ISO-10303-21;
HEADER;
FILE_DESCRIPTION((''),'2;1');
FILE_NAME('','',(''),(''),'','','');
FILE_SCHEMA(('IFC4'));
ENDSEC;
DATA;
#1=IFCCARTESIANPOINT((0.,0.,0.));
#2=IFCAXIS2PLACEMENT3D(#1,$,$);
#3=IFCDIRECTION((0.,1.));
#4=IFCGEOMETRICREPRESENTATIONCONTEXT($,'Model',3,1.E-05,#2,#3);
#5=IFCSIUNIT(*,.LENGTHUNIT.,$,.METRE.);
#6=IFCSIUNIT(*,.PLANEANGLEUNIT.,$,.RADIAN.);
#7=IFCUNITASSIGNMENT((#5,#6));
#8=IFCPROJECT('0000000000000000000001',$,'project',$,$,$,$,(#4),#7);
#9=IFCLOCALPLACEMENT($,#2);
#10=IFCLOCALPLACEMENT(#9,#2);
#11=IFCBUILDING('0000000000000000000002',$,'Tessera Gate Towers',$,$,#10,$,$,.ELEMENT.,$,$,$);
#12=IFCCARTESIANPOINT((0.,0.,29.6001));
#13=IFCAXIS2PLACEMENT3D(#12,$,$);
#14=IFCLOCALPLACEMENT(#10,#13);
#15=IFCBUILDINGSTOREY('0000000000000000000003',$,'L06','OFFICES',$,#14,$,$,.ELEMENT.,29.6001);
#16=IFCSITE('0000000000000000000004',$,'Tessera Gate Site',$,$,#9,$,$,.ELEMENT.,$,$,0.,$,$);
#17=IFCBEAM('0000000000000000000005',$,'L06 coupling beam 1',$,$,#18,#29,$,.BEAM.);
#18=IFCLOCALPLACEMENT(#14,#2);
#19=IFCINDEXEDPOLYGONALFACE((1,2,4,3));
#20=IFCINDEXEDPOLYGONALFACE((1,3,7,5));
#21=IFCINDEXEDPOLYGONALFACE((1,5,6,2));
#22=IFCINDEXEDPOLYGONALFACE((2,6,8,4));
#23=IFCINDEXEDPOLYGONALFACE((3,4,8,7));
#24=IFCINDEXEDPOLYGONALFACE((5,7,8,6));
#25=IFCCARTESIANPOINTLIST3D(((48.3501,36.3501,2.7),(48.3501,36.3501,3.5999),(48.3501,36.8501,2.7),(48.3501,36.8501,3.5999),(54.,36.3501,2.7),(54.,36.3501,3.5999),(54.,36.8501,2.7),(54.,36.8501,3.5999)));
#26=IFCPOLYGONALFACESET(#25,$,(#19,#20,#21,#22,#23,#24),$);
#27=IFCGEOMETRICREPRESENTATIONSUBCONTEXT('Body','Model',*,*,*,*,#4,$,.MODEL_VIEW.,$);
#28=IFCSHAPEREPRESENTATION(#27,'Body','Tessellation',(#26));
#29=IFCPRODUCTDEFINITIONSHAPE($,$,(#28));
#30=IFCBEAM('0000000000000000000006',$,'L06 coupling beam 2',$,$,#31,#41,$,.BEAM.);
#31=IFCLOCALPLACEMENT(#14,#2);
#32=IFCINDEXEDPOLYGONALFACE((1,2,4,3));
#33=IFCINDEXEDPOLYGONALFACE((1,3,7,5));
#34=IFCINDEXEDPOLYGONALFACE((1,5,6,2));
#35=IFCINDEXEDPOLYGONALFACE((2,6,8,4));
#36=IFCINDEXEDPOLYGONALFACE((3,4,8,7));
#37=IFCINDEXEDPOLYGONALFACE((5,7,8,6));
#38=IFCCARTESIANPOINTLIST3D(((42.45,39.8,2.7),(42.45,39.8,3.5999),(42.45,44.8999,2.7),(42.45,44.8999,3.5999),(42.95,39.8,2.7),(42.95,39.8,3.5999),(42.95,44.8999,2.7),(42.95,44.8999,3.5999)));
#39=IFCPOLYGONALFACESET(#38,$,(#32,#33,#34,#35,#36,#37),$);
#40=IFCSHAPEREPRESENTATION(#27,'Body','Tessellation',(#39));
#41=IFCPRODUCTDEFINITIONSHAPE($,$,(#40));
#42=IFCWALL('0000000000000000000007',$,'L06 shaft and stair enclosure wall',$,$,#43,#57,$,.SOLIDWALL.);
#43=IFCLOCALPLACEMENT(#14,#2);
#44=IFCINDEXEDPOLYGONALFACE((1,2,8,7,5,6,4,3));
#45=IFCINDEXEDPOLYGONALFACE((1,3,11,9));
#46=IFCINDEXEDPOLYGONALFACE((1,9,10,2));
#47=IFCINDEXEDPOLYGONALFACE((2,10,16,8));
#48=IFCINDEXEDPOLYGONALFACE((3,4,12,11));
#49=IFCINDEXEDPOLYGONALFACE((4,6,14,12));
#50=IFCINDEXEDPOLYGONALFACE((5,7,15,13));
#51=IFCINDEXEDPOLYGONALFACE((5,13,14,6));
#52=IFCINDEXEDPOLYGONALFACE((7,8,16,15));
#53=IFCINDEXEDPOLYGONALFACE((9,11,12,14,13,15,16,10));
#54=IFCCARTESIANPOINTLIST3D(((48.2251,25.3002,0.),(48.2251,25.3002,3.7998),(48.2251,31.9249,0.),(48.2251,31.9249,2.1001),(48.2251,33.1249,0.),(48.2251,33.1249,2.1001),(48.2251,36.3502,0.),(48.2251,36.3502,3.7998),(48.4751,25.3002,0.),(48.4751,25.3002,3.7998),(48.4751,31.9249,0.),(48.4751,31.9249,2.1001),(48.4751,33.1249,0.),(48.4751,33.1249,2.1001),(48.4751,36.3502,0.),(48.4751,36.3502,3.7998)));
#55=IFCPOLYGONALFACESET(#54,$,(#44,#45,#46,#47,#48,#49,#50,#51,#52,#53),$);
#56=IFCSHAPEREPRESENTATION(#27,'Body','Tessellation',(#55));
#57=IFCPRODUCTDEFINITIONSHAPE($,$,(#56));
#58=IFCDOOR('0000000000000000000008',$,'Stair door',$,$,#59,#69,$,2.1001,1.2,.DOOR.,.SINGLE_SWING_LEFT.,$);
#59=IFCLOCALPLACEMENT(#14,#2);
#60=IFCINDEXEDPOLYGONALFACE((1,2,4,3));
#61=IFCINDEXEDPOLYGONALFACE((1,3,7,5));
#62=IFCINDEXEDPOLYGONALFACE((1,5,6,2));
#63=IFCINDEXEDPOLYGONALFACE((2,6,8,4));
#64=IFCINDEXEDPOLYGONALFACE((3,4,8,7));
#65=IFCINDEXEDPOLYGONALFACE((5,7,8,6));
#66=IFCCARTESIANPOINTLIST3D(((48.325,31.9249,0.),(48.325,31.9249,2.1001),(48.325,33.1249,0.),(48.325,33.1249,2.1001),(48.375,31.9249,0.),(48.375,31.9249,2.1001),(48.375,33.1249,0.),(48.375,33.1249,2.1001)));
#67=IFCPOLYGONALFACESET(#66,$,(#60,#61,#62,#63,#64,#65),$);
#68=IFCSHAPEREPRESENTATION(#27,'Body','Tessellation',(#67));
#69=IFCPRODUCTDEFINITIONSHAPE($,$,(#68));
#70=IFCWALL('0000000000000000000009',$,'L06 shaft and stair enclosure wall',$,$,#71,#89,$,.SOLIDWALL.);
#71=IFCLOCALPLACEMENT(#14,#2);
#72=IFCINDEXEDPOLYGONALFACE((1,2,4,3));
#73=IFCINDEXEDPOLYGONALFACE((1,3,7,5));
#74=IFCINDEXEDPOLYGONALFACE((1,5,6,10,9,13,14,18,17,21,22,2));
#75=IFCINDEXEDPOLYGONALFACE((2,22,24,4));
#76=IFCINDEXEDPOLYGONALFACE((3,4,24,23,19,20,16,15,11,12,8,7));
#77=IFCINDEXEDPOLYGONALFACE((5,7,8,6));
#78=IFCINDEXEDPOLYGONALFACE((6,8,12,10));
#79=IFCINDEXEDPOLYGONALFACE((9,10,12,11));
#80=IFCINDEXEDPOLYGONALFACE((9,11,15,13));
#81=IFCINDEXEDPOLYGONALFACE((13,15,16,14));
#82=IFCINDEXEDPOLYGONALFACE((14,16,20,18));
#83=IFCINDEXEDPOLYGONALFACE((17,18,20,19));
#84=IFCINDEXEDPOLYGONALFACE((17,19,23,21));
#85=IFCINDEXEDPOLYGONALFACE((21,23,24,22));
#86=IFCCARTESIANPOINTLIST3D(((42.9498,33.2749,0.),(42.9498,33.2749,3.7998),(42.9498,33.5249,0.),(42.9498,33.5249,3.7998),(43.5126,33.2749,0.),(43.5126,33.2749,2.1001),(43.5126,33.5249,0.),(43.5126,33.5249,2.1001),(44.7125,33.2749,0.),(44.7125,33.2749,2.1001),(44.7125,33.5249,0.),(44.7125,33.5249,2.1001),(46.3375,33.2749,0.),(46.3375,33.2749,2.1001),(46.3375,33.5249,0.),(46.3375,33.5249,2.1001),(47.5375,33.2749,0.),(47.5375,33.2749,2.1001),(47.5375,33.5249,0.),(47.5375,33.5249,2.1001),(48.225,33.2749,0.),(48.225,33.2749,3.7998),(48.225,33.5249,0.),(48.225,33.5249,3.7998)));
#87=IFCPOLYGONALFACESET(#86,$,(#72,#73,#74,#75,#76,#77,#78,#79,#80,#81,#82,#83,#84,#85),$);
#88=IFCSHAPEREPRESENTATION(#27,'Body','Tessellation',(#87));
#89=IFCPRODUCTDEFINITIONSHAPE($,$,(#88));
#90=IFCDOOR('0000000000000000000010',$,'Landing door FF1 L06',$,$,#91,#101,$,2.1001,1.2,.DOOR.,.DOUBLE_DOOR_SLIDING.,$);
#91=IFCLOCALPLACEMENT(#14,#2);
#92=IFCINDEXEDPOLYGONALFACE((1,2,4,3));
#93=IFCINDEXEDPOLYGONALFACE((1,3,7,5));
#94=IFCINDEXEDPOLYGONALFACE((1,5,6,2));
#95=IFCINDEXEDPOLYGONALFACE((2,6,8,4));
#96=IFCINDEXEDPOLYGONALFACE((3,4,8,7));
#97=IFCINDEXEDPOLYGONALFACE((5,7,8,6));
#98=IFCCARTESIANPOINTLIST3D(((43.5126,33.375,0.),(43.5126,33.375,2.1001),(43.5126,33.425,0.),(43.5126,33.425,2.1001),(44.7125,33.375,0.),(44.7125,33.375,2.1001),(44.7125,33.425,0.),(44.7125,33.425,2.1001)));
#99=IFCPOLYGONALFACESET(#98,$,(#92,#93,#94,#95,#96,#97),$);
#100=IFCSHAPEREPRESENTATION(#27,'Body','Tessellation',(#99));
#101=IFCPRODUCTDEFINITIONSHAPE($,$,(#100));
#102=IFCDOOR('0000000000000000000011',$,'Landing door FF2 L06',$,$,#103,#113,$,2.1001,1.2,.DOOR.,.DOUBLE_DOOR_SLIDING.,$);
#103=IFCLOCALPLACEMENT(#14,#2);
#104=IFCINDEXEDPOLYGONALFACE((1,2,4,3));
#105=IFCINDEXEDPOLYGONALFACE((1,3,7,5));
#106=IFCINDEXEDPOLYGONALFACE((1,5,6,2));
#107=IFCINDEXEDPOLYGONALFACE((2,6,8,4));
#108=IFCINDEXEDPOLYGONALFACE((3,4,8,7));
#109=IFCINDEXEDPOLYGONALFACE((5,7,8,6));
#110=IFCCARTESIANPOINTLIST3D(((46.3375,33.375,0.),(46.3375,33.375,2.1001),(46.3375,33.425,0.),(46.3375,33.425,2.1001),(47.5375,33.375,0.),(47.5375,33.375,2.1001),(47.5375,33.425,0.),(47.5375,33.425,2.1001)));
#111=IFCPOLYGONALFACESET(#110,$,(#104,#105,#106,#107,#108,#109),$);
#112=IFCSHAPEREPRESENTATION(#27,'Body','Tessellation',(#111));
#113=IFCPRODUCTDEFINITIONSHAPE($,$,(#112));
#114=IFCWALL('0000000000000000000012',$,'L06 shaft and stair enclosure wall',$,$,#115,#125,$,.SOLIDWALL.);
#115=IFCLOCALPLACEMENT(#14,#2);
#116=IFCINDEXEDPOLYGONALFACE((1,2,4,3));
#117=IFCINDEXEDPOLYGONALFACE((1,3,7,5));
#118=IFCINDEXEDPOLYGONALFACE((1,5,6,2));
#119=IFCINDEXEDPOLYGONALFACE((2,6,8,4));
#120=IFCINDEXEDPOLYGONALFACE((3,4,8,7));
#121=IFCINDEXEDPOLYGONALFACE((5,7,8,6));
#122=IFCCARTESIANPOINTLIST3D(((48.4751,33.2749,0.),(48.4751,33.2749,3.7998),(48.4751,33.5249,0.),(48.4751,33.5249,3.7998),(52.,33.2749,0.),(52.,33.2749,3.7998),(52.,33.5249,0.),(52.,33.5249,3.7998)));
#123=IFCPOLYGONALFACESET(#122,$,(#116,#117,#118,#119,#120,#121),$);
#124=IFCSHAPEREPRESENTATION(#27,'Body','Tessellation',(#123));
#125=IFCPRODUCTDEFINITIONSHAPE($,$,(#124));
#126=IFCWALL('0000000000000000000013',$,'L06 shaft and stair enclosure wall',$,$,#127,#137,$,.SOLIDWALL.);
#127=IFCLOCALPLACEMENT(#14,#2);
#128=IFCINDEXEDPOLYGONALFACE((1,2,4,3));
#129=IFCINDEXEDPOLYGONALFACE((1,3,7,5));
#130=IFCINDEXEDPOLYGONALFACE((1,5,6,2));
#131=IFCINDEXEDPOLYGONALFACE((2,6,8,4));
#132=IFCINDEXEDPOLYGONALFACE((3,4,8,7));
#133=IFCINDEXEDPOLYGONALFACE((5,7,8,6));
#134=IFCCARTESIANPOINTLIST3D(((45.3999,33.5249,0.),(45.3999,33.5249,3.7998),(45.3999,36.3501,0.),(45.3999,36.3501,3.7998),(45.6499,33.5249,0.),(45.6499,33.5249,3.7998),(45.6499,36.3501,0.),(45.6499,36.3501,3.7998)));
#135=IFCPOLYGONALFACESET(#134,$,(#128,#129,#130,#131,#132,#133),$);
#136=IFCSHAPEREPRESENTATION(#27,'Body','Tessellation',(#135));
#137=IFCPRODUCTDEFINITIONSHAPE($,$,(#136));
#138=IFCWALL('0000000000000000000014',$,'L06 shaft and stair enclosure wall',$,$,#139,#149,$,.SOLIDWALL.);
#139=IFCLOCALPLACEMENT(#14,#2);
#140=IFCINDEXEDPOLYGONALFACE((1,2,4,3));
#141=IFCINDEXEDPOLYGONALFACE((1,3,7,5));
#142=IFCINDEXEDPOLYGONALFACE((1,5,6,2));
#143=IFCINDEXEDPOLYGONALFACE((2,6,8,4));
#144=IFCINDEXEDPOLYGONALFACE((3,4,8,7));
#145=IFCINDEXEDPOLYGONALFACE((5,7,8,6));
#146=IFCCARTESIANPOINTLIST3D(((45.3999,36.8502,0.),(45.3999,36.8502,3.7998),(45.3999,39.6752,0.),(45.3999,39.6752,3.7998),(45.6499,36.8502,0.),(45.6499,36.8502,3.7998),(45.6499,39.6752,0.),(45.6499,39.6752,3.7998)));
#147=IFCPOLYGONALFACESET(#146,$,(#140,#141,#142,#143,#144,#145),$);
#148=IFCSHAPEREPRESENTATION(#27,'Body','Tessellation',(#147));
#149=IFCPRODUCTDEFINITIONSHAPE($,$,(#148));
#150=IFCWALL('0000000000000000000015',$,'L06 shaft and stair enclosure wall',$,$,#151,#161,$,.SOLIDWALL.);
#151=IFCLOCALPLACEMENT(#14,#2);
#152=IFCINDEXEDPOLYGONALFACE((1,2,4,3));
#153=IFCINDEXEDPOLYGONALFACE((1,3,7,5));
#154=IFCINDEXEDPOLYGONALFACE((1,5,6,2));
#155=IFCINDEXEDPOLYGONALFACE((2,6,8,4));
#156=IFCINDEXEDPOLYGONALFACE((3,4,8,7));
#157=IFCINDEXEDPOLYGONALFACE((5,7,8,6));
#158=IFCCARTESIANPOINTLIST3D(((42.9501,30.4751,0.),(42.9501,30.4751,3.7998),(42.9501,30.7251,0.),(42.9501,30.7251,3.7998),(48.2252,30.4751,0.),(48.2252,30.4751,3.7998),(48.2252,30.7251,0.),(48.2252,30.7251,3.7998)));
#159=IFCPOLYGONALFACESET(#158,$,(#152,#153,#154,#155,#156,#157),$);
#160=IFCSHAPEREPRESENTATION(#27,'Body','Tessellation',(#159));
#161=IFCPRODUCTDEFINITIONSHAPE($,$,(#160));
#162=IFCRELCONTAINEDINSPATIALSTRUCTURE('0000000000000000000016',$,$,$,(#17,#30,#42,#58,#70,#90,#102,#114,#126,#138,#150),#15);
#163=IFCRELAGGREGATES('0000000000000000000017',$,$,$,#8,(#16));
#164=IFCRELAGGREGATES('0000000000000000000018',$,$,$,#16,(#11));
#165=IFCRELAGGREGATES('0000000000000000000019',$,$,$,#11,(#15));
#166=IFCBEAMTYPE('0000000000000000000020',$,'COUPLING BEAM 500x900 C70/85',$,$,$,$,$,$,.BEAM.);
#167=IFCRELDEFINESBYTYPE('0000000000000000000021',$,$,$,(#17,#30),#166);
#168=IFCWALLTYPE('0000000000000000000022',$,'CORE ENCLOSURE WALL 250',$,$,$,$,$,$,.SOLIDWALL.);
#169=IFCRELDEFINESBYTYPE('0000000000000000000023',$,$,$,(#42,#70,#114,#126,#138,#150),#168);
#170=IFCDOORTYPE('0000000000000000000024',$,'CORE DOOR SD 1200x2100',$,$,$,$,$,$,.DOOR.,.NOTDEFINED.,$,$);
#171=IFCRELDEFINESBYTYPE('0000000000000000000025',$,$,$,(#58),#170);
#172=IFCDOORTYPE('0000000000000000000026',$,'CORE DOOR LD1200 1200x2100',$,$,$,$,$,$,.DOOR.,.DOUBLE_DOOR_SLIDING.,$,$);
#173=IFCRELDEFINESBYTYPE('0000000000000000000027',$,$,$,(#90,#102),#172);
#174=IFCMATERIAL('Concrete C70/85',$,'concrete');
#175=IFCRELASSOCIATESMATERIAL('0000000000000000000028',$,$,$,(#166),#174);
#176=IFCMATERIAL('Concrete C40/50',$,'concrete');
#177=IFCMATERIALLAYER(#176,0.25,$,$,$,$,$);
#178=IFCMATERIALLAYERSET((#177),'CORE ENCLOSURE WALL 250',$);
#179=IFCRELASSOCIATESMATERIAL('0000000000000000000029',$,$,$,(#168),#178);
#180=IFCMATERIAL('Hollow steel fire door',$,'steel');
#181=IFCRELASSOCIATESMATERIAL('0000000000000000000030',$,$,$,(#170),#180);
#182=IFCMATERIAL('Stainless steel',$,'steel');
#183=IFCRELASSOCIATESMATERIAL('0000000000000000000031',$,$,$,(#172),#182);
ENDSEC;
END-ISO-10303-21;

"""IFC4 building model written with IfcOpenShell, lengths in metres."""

from ifc_helpers import new_model, si_unit, direction, frame, frame_2d, origin, origin_2d, place, context, subcontext, project, spatial, rectangle, extrude, source, transform, mapped, material, layer, layer_set, material_profile, profile_set, type_object, element, fill, save


model = new_model("IFC4")

# Units and contexts
model_context = context("Model", 3, precision=1e-05, world=origin(), true_north=direction((0.0, 1.0)))
body_context = subcontext(model_context, "Body", "Model", "MODEL_VIEW")
ifc_project = project(units=[si_unit("LENGTHUNIT", "METRE"), si_unit("PLANEANGLEUNIT", "RADIAN")], contexts=[model_context])

# Site, building, storey
site_placement = place(None, origin())
site = spatial("IfcSite", under=ifc_project, at=site_placement, Name="Tessera Gate Site", CompositionType="ELEMENT", RefElevation=0.0)
building_placement = place(site_placement, origin())
building = spatial("IfcBuilding", under=site, at=building_placement, Name="Tessera Gate Towers", CompositionType="ELEMENT")
storey_placement = place(building_placement, frame((0.0, 0.0, 29.6001)))
storey = spatial("IfcBuildingStorey", under=building, at=storey_placement, Name="L06", Description="OFFICES", CompositionType="ELEMENT", Elevation=29.6001)

# Beams
ifc_material_1 = material(Name="Concrete C70/85", Category="concrete")
ifc_material_profile = material_profile(ifc_material_1, rectangle(XDim=0.5, YDim=0.8999, at=origin_2d()), Name="RC 500x900")
ifc_profile_set = profile_set([ifc_material_profile], Name="Concrete C70/85")
beam_type = type_object("IfcBeamType", Name="COUPLING BEAM 500x900 C70/85", PredefinedType="BEAM", material=ifc_profile_set)
beam_1_placement = place(storey_placement, frame((48.3501, 36.6001, 3.1499), z_axis=(1.0, 0.0, 0.0), x_axis=(0.0, 1.0, 0.0)))
element("IfcBeam", 1, at=beam_1_placement, inside=storey, type_object=beam_type, Name="L06 coupling beam 1", PredefinedType="BEAM", context=body_context, shape_type="SweptSolid", body=[
    extrude(rectangle(XDim=0.5, YDim=0.8999, at=origin_2d()), origin(), (0.0, 0.0, 1.0), 5.6499),
])
beam_2_placement = place(storey_placement, frame((42.7, 39.8, 3.1499), z_axis=(0.0, 1.0, 0.0), x_axis=(-1.0, 0.0, 0.0)))
element("IfcBeam", 2, at=beam_2_placement, inside=storey, type_object=beam_type, Name="L06 coupling beam 2", PredefinedType="BEAM", context=body_context, shape_type="SweptSolid", body=[
    extrude(rectangle(XDim=0.5, YDim=0.8999, at=origin_2d()), origin(), (0.0, 0.0, 1.0), 5.0999),
])

# Wall, opening, door
ifc_material_2 = material(Name="Concrete C40/50", Category="concrete")
ifc_layer_1 = layer(ifc_material_2, 0.25)
ifc_layer_set_1 = layer_set([ifc_layer_1], Name="CORE ENCLOSURE WALL 250")
wall_type_1 = type_object("IfcWallType", Name="CORE ENCLOSURE WALL 250", PredefinedType="SOLIDWALL", material=ifc_layer_set_1)
wall_1_placement = place(storey_placement, frame((48.3501, 36.3501, 0.0), z_axis=(0.0, 0.0, 1.0), x_axis=(0.0, -1.0, 0.0)))
wall_1 = element("IfcWall", 3, at=wall_1_placement, inside=storey, type_object=wall_type_1, Name="L06 shaft and stair enclosure wall", PredefinedType="SOLIDWALL", context=body_context, shape_type="SweptSolid", body=[
    extrude(rectangle(XDim=11.05, YDim=0.25, at=frame_2d((5.5249, 0.0))), origin(), (0.0, 0.0, 1.0), 3.7998),
])
shared_shape_1 = source(origin(), body_context, "Body", "SweptSolid", [
    extrude(rectangle(XDim=1.2, YDim=2.1001, at=frame_2d((0.6001, 1.05))), frame((0.0, 0.135, 0.0), z_axis=(0.0, -1.0, 0.0), x_axis=(1.0, 0.0, 0.0)), (0.0, 0.0, 1.0), 0.27),
])
opening_1_placement = place(wall_1_placement, frame((3.2251, 0.0, 0.0)))
opening_1 = element("IfcOpeningElement", 4, at=opening_1_placement, cuts=wall_1, PredefinedType="OPENING", context=body_context, shape_type="MappedRepresentation", body=[
    mapped(shared_shape_1, transform((0.0, 0.0, 0.0), scale=1.0)),
])
ifc_material_3 = material(Name="Hollow steel fire door", Category="steel")
door_type_1 = type_object("IfcDoorType", Name="CORE DOOR SD 1200x2100", OperationType="NOTDEFINED", PredefinedType="DOOR", material=ifc_material_3)
shared_shape_2 = source(origin(), body_context, "Body", "SweptSolid", [
    extrude(rectangle(XDim=1.2, YDim=2.1001, at=frame_2d((0.6001, 1.05))), frame((0.0, 0.0249, 0.0), z_axis=(0.0, -1.0, 0.0), x_axis=(1.0, 0.0, 0.0)), (0.0, 0.0, 1.0), 0.05),
])
door_1_placement = place(opening_1_placement, origin())
door_1 = element("IfcDoor", 5, at=door_1_placement, inside=storey, type_object=door_type_1, Name="Stair door", OperationType="SINGLE_SWING_LEFT", OverallHeight=2.1001, OverallWidth=1.2, PredefinedType="DOOR", context=body_context, shape_type="MappedRepresentation", body=[
    mapped(shared_shape_2, transform((0.0, 0.0, 0.0), scale=1.0)),
])
fill(opening_1, door_1)

# Wall, openings, doors
wall_2_placement = place(storey_placement, frame((48.2251, 33.3999, 0.0), z_axis=(0.0, 0.0, 1.0), x_axis=(-1.0, 0.0, 0.0)))
wall_2 = element("IfcWall", 6, at=wall_2_placement, inside=storey, type_object=wall_type_1, Name="L06 shaft and stair enclosure wall", PredefinedType="SOLIDWALL", context=body_context, shape_type="SweptSolid", body=[
    extrude(rectangle(XDim=5.2751, YDim=0.25, at=frame_2d((2.6377, 0.0))), origin(), (0.0, 0.0, 1.0), 3.7998),
])
opening_2_placement = place(wall_2_placement, frame((3.5125, 0.0, 0.0)))
opening_2 = element("IfcOpeningElement", 7, at=opening_2_placement, cuts=wall_2, PredefinedType="OPENING", context=body_context, shape_type="MappedRepresentation", body=[
    mapped(shared_shape_1, transform((0.0, 0.0, 0.0), scale=1.0)),
])
opening_3_placement = place(wall_2_placement, frame((0.6875, 0.0, 0.0)))
opening_3 = element("IfcOpeningElement", 8, at=opening_3_placement, cuts=wall_2, PredefinedType="OPENING", context=body_context, shape_type="MappedRepresentation", body=[
    mapped(shared_shape_1, transform((0.0, 0.0, 0.0), scale=1.0)),
])
ifc_material_4 = material(Name="Stainless steel", Category="steel")
door_type_2 = type_object("IfcDoorType", Name="CORE DOOR LD1200 1200x2100", OperationType="DOUBLE_DOOR_SLIDING", PredefinedType="DOOR", material=ifc_material_4)
door_2_placement = place(opening_2_placement, origin())
door_2 = element("IfcDoor", 9, at=door_2_placement, inside=storey, type_object=door_type_2, Name="Landing door FF1 L06", OperationType="DOUBLE_DOOR_SLIDING", OverallHeight=2.1001, OverallWidth=1.2, PredefinedType="DOOR", context=body_context, shape_type="MappedRepresentation", body=[
    mapped(shared_shape_2, transform((0.0, 0.0, 0.0), scale=1.0)),
])
fill(opening_2, door_2)
door_3_placement = place(opening_3_placement, origin())
door_3 = element("IfcDoor", 10, at=door_3_placement, inside=storey, type_object=door_type_2, Name="Landing door FF2 L06", OperationType="DOUBLE_DOOR_SLIDING", OverallHeight=2.1001, OverallWidth=1.2, PredefinedType="DOOR", context=body_context, shape_type="MappedRepresentation", body=[
    mapped(shared_shape_2, transform((0.0, 0.0, 0.0), scale=1.0)),
])
fill(opening_3, door_3)

# Walls
wall_3_placement = place(storey_placement, frame((48.4751, 33.3999, 0.0), z_axis=(0.0, 0.0, 1.0), x_axis=(1.0, 0.0, 0.0)))
element("IfcWall", 11, at=wall_3_placement, inside=storey, type_object=wall_type_1, Name="L06 shaft and stair enclosure wall", PredefinedType="SOLIDWALL", context=body_context, shape_type="SweptSolid", body=[
    extrude(rectangle(XDim=3.5249, YDim=0.25, at=frame_2d((1.7625, 0.0))), origin(), (0.0, 0.0, 1.0), 3.7998),
])
wall_4_placement = place(storey_placement, frame((45.5249, 33.5249, 0.0), z_axis=(0.0, 0.0, 1.0), x_axis=(0.0, 1.0, 0.0)))
element("IfcWall", 12, at=wall_4_placement, inside=storey, type_object=wall_type_1, Name="L06 shaft and stair enclosure wall", PredefinedType="SOLIDWALL", context=body_context, shape_type="SweptSolid", body=[
    extrude(rectangle(XDim=2.8252, YDim=0.25, at=frame_2d((1.4126, 0.0))), origin(), (0.0, 0.0, 1.0), 3.7998),
])
wall_5_placement = place(storey_placement, frame((45.5249, 36.8501, 0.0), z_axis=(0.0, 0.0, 1.0), x_axis=(0.0, 1.0, 0.0)))
element("IfcWall", 13, at=wall_5_placement, inside=storey, type_object=wall_type_1, Name="L06 shaft and stair enclosure wall", PredefinedType="SOLIDWALL", context=body_context, shape_type="SweptSolid", body=[
    extrude(rectangle(XDim=2.825, YDim=0.25, at=frame_2d((1.4126, 0.0))), origin(), (0.0, 0.0, 1.0), 3.7998),
])
wall_6_placement = place(storey_placement, frame((42.95, 30.6001, 0.0), z_axis=(0.0, 0.0, 1.0), x_axis=(1.0, 0.0, 0.0)))
element("IfcWall", 14, at=wall_6_placement, inside=storey, type_object=wall_type_1, Name="L06 shaft and stair enclosure wall", PredefinedType="SOLIDWALL", context=body_context, shape_type="SweptSolid", body=[
    extrude(rectangle(XDim=5.2751, YDim=0.25, at=frame_2d((2.6377, 0.0))), origin(), (0.0, 0.0, 1.0), 3.7998),
])

save(model, "model.ifc")
